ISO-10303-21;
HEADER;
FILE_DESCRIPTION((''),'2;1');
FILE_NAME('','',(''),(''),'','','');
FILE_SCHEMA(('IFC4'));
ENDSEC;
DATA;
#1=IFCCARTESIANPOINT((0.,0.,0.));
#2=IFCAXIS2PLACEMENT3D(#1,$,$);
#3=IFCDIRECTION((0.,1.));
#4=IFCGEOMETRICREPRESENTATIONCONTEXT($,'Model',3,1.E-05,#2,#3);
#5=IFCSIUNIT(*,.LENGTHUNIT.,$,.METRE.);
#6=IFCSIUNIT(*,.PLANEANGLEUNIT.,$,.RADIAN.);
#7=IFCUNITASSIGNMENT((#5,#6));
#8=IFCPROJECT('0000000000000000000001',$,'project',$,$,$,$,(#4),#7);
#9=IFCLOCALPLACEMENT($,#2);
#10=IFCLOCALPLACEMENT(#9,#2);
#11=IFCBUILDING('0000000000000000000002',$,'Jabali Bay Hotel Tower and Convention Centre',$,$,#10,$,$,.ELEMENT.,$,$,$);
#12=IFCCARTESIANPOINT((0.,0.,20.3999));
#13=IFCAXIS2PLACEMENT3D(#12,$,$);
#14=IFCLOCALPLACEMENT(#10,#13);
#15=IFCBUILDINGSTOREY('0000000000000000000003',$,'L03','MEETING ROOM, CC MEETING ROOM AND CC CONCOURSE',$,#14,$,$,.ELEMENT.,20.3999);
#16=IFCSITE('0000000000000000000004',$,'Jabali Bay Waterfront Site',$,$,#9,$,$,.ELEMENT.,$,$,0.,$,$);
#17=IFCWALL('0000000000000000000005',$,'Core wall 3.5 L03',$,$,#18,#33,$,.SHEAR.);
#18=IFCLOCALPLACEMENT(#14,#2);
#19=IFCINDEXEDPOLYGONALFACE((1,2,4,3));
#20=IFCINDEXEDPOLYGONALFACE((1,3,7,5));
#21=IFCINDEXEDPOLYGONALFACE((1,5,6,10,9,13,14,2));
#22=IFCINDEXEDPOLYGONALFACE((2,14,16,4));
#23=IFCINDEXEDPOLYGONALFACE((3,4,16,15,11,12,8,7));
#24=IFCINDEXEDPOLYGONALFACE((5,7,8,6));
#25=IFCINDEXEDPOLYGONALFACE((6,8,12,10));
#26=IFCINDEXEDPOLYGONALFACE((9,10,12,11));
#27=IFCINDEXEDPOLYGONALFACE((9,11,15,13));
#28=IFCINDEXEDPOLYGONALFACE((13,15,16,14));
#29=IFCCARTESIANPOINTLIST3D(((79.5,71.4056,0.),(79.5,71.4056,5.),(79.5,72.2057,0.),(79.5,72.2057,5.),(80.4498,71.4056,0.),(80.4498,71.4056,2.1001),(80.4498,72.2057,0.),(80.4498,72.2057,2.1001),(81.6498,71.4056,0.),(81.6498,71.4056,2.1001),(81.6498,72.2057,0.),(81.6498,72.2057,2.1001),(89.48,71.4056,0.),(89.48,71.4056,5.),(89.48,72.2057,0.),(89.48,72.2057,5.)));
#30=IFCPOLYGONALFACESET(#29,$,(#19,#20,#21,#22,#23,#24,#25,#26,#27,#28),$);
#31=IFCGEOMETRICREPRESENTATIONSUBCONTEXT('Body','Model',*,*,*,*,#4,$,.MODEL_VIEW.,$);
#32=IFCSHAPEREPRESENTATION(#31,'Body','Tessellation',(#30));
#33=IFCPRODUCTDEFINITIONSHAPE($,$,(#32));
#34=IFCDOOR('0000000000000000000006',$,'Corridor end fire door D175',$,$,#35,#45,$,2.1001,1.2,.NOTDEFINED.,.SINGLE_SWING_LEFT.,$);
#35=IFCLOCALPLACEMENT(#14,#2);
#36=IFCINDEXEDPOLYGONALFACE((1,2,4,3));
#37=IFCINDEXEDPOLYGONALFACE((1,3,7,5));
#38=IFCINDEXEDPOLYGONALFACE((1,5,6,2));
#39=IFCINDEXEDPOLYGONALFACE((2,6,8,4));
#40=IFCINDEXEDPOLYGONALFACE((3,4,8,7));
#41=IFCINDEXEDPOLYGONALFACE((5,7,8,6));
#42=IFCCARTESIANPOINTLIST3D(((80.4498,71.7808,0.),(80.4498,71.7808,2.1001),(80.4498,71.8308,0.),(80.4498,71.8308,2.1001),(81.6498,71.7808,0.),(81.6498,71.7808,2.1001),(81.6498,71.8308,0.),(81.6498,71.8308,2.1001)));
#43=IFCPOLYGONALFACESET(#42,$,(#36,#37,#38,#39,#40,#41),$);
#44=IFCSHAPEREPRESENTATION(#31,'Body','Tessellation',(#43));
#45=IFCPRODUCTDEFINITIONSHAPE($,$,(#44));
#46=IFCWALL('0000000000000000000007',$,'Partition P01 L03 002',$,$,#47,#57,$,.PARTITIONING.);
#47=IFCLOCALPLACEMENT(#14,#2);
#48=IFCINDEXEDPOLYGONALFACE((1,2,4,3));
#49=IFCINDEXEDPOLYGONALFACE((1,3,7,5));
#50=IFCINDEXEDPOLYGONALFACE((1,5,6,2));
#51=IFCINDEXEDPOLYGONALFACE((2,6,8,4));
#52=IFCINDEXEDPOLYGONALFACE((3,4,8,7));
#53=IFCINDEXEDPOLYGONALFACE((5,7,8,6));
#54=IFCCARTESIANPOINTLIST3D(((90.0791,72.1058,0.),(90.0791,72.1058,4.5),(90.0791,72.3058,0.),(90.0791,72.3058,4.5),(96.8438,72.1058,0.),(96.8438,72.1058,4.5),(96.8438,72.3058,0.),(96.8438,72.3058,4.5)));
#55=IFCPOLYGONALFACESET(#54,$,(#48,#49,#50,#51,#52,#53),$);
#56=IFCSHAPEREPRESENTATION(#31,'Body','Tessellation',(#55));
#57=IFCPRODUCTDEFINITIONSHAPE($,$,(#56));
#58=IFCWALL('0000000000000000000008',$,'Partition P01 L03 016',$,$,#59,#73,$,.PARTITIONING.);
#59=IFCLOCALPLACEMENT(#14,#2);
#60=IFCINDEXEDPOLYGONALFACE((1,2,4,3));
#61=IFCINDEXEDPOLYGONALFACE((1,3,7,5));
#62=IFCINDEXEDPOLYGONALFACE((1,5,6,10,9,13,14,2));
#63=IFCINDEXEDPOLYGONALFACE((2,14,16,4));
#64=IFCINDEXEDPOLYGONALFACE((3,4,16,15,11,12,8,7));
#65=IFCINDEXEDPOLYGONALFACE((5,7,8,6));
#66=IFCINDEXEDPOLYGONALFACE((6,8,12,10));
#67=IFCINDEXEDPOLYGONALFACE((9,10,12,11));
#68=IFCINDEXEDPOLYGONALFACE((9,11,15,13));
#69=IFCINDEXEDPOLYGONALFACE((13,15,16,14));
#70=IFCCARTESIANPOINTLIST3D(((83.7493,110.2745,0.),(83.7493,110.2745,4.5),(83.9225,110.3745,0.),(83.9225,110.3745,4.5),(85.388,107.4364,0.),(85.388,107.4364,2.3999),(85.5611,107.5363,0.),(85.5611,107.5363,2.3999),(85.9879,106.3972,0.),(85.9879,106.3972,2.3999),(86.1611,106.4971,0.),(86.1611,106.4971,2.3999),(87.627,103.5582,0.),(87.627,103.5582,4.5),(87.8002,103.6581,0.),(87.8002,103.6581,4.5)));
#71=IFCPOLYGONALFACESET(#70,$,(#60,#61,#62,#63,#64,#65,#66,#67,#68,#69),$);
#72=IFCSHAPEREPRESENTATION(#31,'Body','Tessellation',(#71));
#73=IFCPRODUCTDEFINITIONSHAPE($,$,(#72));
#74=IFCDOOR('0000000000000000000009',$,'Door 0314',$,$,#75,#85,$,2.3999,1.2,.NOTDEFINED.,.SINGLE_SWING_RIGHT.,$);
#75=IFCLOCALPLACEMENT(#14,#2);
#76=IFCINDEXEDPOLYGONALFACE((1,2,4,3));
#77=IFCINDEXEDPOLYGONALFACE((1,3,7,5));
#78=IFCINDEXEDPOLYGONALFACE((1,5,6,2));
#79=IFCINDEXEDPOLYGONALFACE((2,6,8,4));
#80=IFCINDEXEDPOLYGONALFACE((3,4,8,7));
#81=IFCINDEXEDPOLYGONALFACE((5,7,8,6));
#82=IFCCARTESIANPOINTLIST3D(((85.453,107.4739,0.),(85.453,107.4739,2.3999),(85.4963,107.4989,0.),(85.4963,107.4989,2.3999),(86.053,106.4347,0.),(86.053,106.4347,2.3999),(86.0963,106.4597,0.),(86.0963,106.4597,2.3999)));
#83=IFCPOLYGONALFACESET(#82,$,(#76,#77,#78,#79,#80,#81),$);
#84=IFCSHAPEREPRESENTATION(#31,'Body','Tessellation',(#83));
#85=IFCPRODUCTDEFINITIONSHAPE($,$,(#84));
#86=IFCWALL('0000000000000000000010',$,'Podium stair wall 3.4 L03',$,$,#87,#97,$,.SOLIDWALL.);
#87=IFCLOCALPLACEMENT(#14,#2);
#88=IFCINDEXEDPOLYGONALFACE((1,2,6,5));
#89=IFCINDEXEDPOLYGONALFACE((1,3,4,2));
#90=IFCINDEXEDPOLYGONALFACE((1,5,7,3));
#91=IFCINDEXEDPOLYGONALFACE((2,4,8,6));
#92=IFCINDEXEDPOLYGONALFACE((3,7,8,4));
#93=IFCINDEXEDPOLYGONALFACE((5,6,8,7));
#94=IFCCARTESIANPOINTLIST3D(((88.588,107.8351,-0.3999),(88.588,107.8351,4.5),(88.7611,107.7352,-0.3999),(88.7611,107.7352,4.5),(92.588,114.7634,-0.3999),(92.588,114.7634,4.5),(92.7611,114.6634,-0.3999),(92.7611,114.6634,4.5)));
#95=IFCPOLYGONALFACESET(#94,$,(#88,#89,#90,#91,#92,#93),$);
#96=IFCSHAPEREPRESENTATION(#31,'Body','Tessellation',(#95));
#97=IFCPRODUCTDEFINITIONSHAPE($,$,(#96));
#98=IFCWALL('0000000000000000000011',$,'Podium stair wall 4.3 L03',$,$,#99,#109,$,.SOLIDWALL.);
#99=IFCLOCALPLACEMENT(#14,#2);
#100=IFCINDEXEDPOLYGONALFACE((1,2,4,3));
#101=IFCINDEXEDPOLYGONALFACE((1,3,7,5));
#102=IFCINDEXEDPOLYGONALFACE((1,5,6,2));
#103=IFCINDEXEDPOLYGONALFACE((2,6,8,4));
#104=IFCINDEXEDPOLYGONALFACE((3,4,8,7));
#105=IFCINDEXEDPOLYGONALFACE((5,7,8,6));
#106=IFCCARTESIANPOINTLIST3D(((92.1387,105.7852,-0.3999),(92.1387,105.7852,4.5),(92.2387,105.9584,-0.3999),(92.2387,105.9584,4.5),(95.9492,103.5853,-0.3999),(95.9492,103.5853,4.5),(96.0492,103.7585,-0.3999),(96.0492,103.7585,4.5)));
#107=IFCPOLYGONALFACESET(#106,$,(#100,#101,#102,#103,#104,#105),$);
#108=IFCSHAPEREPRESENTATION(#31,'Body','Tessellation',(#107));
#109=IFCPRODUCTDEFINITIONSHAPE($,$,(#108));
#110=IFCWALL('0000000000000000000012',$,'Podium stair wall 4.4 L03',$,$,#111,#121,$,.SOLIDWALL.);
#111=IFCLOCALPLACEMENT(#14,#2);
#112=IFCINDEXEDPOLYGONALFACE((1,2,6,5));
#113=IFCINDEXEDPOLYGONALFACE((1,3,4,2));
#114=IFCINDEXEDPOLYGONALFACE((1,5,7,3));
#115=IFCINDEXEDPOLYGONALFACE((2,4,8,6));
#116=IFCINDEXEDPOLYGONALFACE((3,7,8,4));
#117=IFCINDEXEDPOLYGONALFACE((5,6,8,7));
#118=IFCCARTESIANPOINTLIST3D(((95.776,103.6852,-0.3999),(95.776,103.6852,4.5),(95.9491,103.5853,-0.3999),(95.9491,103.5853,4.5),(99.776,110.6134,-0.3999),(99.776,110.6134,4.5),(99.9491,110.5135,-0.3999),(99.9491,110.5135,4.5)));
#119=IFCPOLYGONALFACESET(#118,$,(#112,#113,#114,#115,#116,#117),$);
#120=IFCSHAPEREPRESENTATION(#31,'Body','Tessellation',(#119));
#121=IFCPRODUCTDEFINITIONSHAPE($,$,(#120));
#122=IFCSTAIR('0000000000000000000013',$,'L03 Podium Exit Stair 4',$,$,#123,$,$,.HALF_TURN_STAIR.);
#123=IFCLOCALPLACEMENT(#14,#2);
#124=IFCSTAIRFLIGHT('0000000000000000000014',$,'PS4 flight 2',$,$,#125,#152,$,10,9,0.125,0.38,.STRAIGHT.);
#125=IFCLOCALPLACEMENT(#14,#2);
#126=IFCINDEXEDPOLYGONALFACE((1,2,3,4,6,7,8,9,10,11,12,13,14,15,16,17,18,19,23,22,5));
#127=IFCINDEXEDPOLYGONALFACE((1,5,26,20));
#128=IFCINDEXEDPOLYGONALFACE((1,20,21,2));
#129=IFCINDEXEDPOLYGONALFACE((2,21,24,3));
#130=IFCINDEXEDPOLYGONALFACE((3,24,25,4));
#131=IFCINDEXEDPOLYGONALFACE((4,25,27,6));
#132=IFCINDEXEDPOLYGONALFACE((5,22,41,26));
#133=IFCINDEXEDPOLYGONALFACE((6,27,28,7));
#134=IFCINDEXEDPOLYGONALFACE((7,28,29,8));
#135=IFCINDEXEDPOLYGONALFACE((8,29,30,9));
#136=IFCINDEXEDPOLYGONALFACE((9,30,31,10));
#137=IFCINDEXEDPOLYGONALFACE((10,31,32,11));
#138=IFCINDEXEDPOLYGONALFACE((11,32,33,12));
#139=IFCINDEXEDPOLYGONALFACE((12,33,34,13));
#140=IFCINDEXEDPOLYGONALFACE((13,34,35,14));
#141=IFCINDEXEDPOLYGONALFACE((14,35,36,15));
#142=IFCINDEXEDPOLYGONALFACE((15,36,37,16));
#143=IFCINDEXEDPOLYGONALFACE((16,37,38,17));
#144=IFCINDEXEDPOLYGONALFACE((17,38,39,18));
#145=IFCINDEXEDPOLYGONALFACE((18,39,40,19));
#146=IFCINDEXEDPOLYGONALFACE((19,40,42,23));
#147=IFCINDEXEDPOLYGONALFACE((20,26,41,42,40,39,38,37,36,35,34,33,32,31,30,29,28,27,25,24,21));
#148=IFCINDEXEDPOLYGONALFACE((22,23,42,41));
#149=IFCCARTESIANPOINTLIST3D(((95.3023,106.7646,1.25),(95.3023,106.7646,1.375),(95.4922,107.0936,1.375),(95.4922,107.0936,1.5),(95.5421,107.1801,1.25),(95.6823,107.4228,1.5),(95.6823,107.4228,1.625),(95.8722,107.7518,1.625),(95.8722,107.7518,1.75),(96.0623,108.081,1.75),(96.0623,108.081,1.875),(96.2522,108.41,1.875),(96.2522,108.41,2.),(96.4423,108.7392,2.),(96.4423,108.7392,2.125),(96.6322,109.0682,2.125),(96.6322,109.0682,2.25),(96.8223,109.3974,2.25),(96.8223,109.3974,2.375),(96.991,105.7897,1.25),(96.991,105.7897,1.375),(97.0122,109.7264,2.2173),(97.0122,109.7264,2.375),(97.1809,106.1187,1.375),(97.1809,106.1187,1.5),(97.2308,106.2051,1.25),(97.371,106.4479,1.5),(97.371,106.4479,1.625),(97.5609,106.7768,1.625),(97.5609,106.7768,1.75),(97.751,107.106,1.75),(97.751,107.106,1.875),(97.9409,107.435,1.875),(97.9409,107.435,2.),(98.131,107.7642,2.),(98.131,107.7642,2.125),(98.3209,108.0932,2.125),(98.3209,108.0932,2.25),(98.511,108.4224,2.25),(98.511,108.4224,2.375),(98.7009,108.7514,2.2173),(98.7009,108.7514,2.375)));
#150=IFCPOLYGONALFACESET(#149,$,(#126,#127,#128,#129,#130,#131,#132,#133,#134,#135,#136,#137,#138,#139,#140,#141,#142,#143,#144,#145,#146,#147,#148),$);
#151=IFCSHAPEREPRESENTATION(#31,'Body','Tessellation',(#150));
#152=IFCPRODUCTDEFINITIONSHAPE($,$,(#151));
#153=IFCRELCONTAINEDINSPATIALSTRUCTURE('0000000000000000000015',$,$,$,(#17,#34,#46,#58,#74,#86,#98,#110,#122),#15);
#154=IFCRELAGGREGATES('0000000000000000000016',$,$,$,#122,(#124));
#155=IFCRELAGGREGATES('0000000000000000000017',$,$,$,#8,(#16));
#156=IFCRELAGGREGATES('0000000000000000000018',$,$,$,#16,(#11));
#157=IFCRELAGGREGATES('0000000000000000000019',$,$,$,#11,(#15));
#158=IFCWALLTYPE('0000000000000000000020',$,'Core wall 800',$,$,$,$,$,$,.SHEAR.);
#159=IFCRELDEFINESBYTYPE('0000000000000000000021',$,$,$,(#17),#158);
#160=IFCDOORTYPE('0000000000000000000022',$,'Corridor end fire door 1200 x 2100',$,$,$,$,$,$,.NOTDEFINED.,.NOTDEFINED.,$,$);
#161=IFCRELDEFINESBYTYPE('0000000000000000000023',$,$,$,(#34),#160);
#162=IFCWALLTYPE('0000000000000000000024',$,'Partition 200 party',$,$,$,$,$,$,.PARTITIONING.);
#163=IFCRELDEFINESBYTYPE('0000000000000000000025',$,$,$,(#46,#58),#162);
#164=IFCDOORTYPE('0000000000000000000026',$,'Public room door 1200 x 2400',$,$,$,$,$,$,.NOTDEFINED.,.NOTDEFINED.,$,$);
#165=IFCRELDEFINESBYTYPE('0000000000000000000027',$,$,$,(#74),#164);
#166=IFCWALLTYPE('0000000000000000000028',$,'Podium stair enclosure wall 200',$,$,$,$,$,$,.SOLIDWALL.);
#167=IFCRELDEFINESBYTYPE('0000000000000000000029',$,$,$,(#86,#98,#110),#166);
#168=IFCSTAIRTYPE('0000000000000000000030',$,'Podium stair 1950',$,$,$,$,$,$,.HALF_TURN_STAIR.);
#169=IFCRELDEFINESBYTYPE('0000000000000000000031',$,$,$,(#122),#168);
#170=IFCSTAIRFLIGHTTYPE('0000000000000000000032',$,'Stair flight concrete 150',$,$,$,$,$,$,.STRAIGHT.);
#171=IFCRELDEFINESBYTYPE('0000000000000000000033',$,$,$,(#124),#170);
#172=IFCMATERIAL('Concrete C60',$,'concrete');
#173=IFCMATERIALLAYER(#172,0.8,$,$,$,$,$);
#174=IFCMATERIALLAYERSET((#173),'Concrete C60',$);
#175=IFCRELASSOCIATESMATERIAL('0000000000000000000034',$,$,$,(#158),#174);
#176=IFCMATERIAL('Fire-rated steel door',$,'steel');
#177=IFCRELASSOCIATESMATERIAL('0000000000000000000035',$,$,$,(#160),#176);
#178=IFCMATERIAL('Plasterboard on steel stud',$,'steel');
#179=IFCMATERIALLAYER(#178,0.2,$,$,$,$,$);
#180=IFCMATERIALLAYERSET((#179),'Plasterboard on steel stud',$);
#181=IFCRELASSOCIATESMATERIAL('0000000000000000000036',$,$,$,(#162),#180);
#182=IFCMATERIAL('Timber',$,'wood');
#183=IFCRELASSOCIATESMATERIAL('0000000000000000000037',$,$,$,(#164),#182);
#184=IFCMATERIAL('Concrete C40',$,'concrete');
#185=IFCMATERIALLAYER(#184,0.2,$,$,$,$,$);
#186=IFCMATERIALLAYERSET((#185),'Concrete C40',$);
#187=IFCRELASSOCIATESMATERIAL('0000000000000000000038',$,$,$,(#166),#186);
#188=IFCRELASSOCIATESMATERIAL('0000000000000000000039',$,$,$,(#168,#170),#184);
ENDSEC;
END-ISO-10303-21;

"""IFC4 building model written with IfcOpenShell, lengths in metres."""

from ifc_helpers import new_model, si_unit, direction, frame, frame_2d, origin, place, context, subcontext, project, spatial, polyline, rectangle, outline, extrude, material, layer, layer_set, type_object, element, fill, aggregate, save


model = new_model("IFC4")

# Units and contexts
model_context = context("Model", 3, precision=1e-05, world=origin(), true_north=direction((0.0, 1.0)))
body_context = subcontext(model_context, "Body", "Model", "MODEL_VIEW")
ifc_project = project(units=[si_unit("LENGTHUNIT", "METRE"), si_unit("PLANEANGLEUNIT", "RADIAN")], contexts=[model_context])

# Site, building, storey
site_placement = place(None, origin())
site = spatial("IfcSite", under=ifc_project, at=site_placement, Name="Jabali Bay Waterfront Site", CompositionType="ELEMENT", RefElevation=0.0)
building_placement = place(site_placement, origin())
building = spatial("IfcBuilding", under=site, at=building_placement, Name="Jabali Bay Hotel Tower and Convention Centre", CompositionType="ELEMENT")
storey_placement = place(building_placement, frame((0.0, 0.0, 20.3999)))
storey = spatial("IfcBuildingStorey", under=building, at=storey_placement, Name="L03", Description="MEETING ROOM, CC MEETING ROOM AND CC CONCOURSE", CompositionType="ELEMENT", Elevation=20.3999)

# Shared definitions
ifc_material_1 = material(Name="Concrete C60", Category="concrete")

# Shared definitions
ifc_material_2 = material(Name="Concrete C40", Category="concrete")
ifc_material_3 = material(Name="Fire-rated steel door", Category="steel")

# Shared definitions
ifc_layer_1 = layer(ifc_material_1, 0.8)
ifc_layer_set_1 = layer_set([ifc_layer_1], Name="Concrete C60")
wall_type_1 = type_object("IfcWallType", Name="Core wall 800", PredefinedType="SHEAR", material=ifc_layer_set_1)

# Wall, opening, door
wall_1_placement = place(storey_placement, frame((89.48, 71.8057, 0.0), z_axis=(0.0, 0.0, 1.0), x_axis=(-1.0, 0.0, 0.0)))
wall_1 = element("IfcWall", 1, at=wall_1_placement, inside=storey, type_object=wall_type_1, Name="Core wall 3.5 L03", PredefinedType="SHEAR", context=body_context, shape_type="SweptSolid", body=[
    extrude(rectangle(XDim=9.98, YDim=0.8, at=frame_2d((4.99, 0.0))), origin(), (0.0, 0.0, 1.0), 5.0),
])
opening_1_placement = place(wall_1_placement, frame((7.8301, 0.0, 0.0)))
opening_1 = element("IfcOpeningElement", 2, at=opening_1_placement, cuts=wall_1, PredefinedType="OPENING", context=body_context, shape_type="SweptSolid", body=[
    extrude(rectangle(XDim=1.2, YDim=2.1001, at=frame_2d((0.6001, 1.05))), frame((0.0, 0.4106, 0.0), z_axis=(0.0, -1.0, 0.0), x_axis=(1.0, 0.0, 0.0)), (0.0, 0.0, 1.0), 0.821),
])
door_type_1 = type_object("IfcDoorType", Name="Corridor end fire door 1200 x 2100", OperationType="NOTDEFINED", PredefinedType="NOTDEFINED", material=ifc_material_3)
door_1_placement = place(opening_1_placement, origin())
door_1 = element("IfcDoor", 3, at=door_1_placement, inside=storey, type_object=door_type_1, Name="Corridor end fire door D175", OperationType="SINGLE_SWING_LEFT", OverallHeight=2.1001, OverallWidth=1.2, PredefinedType="NOTDEFINED", context=body_context, shape_type="SweptSolid", body=[
    extrude(rectangle(XDim=1.2, YDim=2.1001, at=frame_2d((0.6001, 1.05))), frame((0.0, 0.0249, 0.0), z_axis=(0.0, -1.0, 0.0), x_axis=(1.0, 0.0, 0.0)), (0.0, 0.0, 1.0), 0.05),
])
fill(opening_1, door_1)

# Wall
ifc_material_4 = material(Name="Plasterboard on steel stud", Category="steel")
ifc_layer_2 = layer(ifc_material_4, 0.2)
ifc_layer_set_2 = layer_set([ifc_layer_2], Name="Plasterboard on steel stud")
wall_type_2 = type_object("IfcWallType", Name="Partition 200 party", PredefinedType="PARTITIONING", material=ifc_layer_set_2)
wall_2_placement = place(storey_placement, frame((90.0791, 72.2058, 0.0), z_axis=(0.0, 0.0, 1.0), x_axis=(1.0, 0.0, 0.0)))
element("IfcWall", 4, at=wall_2_placement, inside=storey, type_object=wall_type_2, Name="Partition P01 L03 002", PredefinedType="PARTITIONING", context=body_context, shape_type="SweptSolid", body=[
    extrude(rectangle(XDim=6.7646, YDim=0.2, at=frame_2d((3.3823, 0.0))), origin(), (0.0, 0.0, 1.0), 4.5),
])

# Wall, opening, door
wall_3_placement = place(storey_placement, frame((87.7136, 103.6082, 0.0), z_axis=(0.0, 0.0, 1.0), x_axis=(-0.500002, 0.866024, 0.0)))
wall_3 = element("IfcWall", 5, at=wall_3_placement, inside=storey, type_object=wall_type_2, Name="Partition P01 L03 016", PredefinedType="PARTITIONING", context=body_context, shape_type="SweptSolid", body=[
    extrude(rectangle(XDim=7.7554, YDim=0.2, at=frame_2d((3.8777, 0.0))), origin(), (0.0, 0.0, 1.0), 4.5),
])
opening_2_placement = place(wall_3_placement, frame((3.2781, 0.0, 0.0)))
opening_2 = element("IfcOpeningElement", 6, at=opening_2_placement, cuts=wall_3, PredefinedType="OPENING", context=body_context, shape_type="SweptSolid", body=[
    extrude(rectangle(XDim=1.2, YDim=2.3999, at=frame_2d((0.6001, 1.2))), frame((0.0, 0.1104, 0.0), z_axis=(0.0, -1.0, 0.0), x_axis=(1.0, 0.0, 0.0)), (0.0, 0.0, 1.0), 0.2209),
])
ifc_material_5 = material(Name="Timber", Category="wood")
door_type_2 = type_object("IfcDoorType", Name="Public room door 1200 x 2400", OperationType="NOTDEFINED", PredefinedType="NOTDEFINED", material=ifc_material_5)
door_2_placement = place(opening_2_placement, origin())
door_2 = element("IfcDoor", 7, at=door_2_placement, inside=storey, type_object=door_type_2, Name="Door 0314", OperationType="SINGLE_SWING_RIGHT", OverallHeight=2.3999, OverallWidth=1.2, PredefinedType="NOTDEFINED", context=body_context, shape_type="SweptSolid", body=[
    extrude(rectangle(XDim=1.2, YDim=2.3999, at=frame_2d((0.6001, 1.2))), frame((0.0, 0.0249, 0.0), z_axis=(0.0, -1.0, 0.0), x_axis=(1.0, 0.0, 0.0)), (0.0, 0.0, 1.0), 0.05),
])
fill(opening_2, door_2)

# Walls
ifc_layer_3 = layer(ifc_material_2, 0.2)
ifc_layer_set_3 = layer_set([ifc_layer_3], Name="Concrete C40")
wall_type_3 = type_object("IfcWallType", Name="Podium stair enclosure wall 200", PredefinedType="SOLIDWALL", material=ifc_layer_set_3)
wall_4_placement = place(storey_placement, frame((88.6746, 107.7852, -0.3999), z_axis=(0.0, 0.0, 1.0), x_axis=(0.499999, 0.866026, 0.0)))
element("IfcWall", 8, at=wall_4_placement, inside=storey, type_object=wall_type_3, Name="Podium stair wall 3.4 L03", PredefinedType="SOLIDWALL", context=body_context, shape_type="SweptSolid", body=[
    extrude(rectangle(XDim=8.0, YDim=0.2, at=frame_2d((4.0, 0.0))), origin(), (0.0, 0.0, 1.0), 4.8999),
])
wall_5_placement = place(storey_placement, frame((92.1887, 105.8718, -0.3999), z_axis=(0.0, 0.0, 1.0), x_axis=(0.866032, -0.499988, 0.0)))
element("IfcWall", 9, at=wall_5_placement, inside=storey, type_object=wall_type_3, Name="Podium stair wall 4.3 L03", PredefinedType="SOLIDWALL", context=body_context, shape_type="SweptSolid", body=[
    extrude(rectangle(XDim=4.3999, YDim=0.2, at=frame_2d((2.2, 0.0))), origin(), (0.0, 0.0, 1.0), 4.8999),
])
wall_6_placement = place(storey_placement, frame((95.8625, 103.6353, -0.3999), z_axis=(0.0, 0.0, 1.0), x_axis=(0.499999, 0.866026, 0.0)))
element("IfcWall", 10, at=wall_6_placement, inside=storey, type_object=wall_type_3, Name="Podium stair wall 4.4 L03", PredefinedType="SOLIDWALL", context=body_context, shape_type="SweptSolid", body=[
    extrude(rectangle(XDim=8.0, YDim=0.2, at=frame_2d((4.0, 0.0))), origin(), (0.0, 0.0, 1.0), 4.8999),
])

# Stair, stair flight
stair_type = type_object("IfcStairType", Name="Podium stair 1950", PredefinedType="HALF_TURN_STAIR", material=ifc_material_2)
stair_placement = place(storey_placement, origin())
stair = element("IfcStair", 11, at=stair_placement, inside=storey, type_object=stair_type, Name="L03 Podium Exit Stair 4", PredefinedType="HALF_TURN_STAIR")
stair_flight_type = type_object("IfcStairFlightType", Name="Stair flight concrete 150", PredefinedType="STRAIGHT", material=ifc_material_2)
stair_flight_1_placement = place(storey_placement, frame((96.1467, 106.2771, 1.25), z_axis=(0.0, 0.0, 1.0), x_axis=(0.5, 0.866025, 0.0)))
stair_flight_1 = element("IfcStairFlight", 12, at=stair_flight_1_placement, type_object=stair_flight_type, Name="PS4 flight 2", NumberOfRisers=10, NumberOfTreads=9, PredefinedType="STRAIGHT", RiserHeight=0.125, TreadLength=0.38, context=body_context, shape_type="SweptSolid", body=[
    extrude(outline(polyline([(0.0, 0.0), (0.0, 0.125), (0.3799, 0.125), (0.3799, 0.25), (0.76, 0.25), (0.76, 0.375), (1.1399, 0.375), (1.1399, 0.5), (1.52, 0.5), (1.52, 0.625), (1.8999, 0.625), (1.8999, 0.75), (2.28, 0.75), (2.28, 0.875), (2.6599, 0.875), (2.6599, 1.0), (3.04, 1.0), (3.04, 1.125), (3.4199, 1.125), (3.4199, 1.25), (3.4199, 0.9673), (0.4797, 0.0), (0.0, 0.0)])), frame((0.0, 0.9751, 0.0), z_axis=(0.0, -1.0, 0.0), x_axis=(1.0, 0.0, 0.0)), (0.0, 0.0, 1.0), 1.95),
])
aggregate(stair, [stair_flight_1])

save(model, "model.ifc")
